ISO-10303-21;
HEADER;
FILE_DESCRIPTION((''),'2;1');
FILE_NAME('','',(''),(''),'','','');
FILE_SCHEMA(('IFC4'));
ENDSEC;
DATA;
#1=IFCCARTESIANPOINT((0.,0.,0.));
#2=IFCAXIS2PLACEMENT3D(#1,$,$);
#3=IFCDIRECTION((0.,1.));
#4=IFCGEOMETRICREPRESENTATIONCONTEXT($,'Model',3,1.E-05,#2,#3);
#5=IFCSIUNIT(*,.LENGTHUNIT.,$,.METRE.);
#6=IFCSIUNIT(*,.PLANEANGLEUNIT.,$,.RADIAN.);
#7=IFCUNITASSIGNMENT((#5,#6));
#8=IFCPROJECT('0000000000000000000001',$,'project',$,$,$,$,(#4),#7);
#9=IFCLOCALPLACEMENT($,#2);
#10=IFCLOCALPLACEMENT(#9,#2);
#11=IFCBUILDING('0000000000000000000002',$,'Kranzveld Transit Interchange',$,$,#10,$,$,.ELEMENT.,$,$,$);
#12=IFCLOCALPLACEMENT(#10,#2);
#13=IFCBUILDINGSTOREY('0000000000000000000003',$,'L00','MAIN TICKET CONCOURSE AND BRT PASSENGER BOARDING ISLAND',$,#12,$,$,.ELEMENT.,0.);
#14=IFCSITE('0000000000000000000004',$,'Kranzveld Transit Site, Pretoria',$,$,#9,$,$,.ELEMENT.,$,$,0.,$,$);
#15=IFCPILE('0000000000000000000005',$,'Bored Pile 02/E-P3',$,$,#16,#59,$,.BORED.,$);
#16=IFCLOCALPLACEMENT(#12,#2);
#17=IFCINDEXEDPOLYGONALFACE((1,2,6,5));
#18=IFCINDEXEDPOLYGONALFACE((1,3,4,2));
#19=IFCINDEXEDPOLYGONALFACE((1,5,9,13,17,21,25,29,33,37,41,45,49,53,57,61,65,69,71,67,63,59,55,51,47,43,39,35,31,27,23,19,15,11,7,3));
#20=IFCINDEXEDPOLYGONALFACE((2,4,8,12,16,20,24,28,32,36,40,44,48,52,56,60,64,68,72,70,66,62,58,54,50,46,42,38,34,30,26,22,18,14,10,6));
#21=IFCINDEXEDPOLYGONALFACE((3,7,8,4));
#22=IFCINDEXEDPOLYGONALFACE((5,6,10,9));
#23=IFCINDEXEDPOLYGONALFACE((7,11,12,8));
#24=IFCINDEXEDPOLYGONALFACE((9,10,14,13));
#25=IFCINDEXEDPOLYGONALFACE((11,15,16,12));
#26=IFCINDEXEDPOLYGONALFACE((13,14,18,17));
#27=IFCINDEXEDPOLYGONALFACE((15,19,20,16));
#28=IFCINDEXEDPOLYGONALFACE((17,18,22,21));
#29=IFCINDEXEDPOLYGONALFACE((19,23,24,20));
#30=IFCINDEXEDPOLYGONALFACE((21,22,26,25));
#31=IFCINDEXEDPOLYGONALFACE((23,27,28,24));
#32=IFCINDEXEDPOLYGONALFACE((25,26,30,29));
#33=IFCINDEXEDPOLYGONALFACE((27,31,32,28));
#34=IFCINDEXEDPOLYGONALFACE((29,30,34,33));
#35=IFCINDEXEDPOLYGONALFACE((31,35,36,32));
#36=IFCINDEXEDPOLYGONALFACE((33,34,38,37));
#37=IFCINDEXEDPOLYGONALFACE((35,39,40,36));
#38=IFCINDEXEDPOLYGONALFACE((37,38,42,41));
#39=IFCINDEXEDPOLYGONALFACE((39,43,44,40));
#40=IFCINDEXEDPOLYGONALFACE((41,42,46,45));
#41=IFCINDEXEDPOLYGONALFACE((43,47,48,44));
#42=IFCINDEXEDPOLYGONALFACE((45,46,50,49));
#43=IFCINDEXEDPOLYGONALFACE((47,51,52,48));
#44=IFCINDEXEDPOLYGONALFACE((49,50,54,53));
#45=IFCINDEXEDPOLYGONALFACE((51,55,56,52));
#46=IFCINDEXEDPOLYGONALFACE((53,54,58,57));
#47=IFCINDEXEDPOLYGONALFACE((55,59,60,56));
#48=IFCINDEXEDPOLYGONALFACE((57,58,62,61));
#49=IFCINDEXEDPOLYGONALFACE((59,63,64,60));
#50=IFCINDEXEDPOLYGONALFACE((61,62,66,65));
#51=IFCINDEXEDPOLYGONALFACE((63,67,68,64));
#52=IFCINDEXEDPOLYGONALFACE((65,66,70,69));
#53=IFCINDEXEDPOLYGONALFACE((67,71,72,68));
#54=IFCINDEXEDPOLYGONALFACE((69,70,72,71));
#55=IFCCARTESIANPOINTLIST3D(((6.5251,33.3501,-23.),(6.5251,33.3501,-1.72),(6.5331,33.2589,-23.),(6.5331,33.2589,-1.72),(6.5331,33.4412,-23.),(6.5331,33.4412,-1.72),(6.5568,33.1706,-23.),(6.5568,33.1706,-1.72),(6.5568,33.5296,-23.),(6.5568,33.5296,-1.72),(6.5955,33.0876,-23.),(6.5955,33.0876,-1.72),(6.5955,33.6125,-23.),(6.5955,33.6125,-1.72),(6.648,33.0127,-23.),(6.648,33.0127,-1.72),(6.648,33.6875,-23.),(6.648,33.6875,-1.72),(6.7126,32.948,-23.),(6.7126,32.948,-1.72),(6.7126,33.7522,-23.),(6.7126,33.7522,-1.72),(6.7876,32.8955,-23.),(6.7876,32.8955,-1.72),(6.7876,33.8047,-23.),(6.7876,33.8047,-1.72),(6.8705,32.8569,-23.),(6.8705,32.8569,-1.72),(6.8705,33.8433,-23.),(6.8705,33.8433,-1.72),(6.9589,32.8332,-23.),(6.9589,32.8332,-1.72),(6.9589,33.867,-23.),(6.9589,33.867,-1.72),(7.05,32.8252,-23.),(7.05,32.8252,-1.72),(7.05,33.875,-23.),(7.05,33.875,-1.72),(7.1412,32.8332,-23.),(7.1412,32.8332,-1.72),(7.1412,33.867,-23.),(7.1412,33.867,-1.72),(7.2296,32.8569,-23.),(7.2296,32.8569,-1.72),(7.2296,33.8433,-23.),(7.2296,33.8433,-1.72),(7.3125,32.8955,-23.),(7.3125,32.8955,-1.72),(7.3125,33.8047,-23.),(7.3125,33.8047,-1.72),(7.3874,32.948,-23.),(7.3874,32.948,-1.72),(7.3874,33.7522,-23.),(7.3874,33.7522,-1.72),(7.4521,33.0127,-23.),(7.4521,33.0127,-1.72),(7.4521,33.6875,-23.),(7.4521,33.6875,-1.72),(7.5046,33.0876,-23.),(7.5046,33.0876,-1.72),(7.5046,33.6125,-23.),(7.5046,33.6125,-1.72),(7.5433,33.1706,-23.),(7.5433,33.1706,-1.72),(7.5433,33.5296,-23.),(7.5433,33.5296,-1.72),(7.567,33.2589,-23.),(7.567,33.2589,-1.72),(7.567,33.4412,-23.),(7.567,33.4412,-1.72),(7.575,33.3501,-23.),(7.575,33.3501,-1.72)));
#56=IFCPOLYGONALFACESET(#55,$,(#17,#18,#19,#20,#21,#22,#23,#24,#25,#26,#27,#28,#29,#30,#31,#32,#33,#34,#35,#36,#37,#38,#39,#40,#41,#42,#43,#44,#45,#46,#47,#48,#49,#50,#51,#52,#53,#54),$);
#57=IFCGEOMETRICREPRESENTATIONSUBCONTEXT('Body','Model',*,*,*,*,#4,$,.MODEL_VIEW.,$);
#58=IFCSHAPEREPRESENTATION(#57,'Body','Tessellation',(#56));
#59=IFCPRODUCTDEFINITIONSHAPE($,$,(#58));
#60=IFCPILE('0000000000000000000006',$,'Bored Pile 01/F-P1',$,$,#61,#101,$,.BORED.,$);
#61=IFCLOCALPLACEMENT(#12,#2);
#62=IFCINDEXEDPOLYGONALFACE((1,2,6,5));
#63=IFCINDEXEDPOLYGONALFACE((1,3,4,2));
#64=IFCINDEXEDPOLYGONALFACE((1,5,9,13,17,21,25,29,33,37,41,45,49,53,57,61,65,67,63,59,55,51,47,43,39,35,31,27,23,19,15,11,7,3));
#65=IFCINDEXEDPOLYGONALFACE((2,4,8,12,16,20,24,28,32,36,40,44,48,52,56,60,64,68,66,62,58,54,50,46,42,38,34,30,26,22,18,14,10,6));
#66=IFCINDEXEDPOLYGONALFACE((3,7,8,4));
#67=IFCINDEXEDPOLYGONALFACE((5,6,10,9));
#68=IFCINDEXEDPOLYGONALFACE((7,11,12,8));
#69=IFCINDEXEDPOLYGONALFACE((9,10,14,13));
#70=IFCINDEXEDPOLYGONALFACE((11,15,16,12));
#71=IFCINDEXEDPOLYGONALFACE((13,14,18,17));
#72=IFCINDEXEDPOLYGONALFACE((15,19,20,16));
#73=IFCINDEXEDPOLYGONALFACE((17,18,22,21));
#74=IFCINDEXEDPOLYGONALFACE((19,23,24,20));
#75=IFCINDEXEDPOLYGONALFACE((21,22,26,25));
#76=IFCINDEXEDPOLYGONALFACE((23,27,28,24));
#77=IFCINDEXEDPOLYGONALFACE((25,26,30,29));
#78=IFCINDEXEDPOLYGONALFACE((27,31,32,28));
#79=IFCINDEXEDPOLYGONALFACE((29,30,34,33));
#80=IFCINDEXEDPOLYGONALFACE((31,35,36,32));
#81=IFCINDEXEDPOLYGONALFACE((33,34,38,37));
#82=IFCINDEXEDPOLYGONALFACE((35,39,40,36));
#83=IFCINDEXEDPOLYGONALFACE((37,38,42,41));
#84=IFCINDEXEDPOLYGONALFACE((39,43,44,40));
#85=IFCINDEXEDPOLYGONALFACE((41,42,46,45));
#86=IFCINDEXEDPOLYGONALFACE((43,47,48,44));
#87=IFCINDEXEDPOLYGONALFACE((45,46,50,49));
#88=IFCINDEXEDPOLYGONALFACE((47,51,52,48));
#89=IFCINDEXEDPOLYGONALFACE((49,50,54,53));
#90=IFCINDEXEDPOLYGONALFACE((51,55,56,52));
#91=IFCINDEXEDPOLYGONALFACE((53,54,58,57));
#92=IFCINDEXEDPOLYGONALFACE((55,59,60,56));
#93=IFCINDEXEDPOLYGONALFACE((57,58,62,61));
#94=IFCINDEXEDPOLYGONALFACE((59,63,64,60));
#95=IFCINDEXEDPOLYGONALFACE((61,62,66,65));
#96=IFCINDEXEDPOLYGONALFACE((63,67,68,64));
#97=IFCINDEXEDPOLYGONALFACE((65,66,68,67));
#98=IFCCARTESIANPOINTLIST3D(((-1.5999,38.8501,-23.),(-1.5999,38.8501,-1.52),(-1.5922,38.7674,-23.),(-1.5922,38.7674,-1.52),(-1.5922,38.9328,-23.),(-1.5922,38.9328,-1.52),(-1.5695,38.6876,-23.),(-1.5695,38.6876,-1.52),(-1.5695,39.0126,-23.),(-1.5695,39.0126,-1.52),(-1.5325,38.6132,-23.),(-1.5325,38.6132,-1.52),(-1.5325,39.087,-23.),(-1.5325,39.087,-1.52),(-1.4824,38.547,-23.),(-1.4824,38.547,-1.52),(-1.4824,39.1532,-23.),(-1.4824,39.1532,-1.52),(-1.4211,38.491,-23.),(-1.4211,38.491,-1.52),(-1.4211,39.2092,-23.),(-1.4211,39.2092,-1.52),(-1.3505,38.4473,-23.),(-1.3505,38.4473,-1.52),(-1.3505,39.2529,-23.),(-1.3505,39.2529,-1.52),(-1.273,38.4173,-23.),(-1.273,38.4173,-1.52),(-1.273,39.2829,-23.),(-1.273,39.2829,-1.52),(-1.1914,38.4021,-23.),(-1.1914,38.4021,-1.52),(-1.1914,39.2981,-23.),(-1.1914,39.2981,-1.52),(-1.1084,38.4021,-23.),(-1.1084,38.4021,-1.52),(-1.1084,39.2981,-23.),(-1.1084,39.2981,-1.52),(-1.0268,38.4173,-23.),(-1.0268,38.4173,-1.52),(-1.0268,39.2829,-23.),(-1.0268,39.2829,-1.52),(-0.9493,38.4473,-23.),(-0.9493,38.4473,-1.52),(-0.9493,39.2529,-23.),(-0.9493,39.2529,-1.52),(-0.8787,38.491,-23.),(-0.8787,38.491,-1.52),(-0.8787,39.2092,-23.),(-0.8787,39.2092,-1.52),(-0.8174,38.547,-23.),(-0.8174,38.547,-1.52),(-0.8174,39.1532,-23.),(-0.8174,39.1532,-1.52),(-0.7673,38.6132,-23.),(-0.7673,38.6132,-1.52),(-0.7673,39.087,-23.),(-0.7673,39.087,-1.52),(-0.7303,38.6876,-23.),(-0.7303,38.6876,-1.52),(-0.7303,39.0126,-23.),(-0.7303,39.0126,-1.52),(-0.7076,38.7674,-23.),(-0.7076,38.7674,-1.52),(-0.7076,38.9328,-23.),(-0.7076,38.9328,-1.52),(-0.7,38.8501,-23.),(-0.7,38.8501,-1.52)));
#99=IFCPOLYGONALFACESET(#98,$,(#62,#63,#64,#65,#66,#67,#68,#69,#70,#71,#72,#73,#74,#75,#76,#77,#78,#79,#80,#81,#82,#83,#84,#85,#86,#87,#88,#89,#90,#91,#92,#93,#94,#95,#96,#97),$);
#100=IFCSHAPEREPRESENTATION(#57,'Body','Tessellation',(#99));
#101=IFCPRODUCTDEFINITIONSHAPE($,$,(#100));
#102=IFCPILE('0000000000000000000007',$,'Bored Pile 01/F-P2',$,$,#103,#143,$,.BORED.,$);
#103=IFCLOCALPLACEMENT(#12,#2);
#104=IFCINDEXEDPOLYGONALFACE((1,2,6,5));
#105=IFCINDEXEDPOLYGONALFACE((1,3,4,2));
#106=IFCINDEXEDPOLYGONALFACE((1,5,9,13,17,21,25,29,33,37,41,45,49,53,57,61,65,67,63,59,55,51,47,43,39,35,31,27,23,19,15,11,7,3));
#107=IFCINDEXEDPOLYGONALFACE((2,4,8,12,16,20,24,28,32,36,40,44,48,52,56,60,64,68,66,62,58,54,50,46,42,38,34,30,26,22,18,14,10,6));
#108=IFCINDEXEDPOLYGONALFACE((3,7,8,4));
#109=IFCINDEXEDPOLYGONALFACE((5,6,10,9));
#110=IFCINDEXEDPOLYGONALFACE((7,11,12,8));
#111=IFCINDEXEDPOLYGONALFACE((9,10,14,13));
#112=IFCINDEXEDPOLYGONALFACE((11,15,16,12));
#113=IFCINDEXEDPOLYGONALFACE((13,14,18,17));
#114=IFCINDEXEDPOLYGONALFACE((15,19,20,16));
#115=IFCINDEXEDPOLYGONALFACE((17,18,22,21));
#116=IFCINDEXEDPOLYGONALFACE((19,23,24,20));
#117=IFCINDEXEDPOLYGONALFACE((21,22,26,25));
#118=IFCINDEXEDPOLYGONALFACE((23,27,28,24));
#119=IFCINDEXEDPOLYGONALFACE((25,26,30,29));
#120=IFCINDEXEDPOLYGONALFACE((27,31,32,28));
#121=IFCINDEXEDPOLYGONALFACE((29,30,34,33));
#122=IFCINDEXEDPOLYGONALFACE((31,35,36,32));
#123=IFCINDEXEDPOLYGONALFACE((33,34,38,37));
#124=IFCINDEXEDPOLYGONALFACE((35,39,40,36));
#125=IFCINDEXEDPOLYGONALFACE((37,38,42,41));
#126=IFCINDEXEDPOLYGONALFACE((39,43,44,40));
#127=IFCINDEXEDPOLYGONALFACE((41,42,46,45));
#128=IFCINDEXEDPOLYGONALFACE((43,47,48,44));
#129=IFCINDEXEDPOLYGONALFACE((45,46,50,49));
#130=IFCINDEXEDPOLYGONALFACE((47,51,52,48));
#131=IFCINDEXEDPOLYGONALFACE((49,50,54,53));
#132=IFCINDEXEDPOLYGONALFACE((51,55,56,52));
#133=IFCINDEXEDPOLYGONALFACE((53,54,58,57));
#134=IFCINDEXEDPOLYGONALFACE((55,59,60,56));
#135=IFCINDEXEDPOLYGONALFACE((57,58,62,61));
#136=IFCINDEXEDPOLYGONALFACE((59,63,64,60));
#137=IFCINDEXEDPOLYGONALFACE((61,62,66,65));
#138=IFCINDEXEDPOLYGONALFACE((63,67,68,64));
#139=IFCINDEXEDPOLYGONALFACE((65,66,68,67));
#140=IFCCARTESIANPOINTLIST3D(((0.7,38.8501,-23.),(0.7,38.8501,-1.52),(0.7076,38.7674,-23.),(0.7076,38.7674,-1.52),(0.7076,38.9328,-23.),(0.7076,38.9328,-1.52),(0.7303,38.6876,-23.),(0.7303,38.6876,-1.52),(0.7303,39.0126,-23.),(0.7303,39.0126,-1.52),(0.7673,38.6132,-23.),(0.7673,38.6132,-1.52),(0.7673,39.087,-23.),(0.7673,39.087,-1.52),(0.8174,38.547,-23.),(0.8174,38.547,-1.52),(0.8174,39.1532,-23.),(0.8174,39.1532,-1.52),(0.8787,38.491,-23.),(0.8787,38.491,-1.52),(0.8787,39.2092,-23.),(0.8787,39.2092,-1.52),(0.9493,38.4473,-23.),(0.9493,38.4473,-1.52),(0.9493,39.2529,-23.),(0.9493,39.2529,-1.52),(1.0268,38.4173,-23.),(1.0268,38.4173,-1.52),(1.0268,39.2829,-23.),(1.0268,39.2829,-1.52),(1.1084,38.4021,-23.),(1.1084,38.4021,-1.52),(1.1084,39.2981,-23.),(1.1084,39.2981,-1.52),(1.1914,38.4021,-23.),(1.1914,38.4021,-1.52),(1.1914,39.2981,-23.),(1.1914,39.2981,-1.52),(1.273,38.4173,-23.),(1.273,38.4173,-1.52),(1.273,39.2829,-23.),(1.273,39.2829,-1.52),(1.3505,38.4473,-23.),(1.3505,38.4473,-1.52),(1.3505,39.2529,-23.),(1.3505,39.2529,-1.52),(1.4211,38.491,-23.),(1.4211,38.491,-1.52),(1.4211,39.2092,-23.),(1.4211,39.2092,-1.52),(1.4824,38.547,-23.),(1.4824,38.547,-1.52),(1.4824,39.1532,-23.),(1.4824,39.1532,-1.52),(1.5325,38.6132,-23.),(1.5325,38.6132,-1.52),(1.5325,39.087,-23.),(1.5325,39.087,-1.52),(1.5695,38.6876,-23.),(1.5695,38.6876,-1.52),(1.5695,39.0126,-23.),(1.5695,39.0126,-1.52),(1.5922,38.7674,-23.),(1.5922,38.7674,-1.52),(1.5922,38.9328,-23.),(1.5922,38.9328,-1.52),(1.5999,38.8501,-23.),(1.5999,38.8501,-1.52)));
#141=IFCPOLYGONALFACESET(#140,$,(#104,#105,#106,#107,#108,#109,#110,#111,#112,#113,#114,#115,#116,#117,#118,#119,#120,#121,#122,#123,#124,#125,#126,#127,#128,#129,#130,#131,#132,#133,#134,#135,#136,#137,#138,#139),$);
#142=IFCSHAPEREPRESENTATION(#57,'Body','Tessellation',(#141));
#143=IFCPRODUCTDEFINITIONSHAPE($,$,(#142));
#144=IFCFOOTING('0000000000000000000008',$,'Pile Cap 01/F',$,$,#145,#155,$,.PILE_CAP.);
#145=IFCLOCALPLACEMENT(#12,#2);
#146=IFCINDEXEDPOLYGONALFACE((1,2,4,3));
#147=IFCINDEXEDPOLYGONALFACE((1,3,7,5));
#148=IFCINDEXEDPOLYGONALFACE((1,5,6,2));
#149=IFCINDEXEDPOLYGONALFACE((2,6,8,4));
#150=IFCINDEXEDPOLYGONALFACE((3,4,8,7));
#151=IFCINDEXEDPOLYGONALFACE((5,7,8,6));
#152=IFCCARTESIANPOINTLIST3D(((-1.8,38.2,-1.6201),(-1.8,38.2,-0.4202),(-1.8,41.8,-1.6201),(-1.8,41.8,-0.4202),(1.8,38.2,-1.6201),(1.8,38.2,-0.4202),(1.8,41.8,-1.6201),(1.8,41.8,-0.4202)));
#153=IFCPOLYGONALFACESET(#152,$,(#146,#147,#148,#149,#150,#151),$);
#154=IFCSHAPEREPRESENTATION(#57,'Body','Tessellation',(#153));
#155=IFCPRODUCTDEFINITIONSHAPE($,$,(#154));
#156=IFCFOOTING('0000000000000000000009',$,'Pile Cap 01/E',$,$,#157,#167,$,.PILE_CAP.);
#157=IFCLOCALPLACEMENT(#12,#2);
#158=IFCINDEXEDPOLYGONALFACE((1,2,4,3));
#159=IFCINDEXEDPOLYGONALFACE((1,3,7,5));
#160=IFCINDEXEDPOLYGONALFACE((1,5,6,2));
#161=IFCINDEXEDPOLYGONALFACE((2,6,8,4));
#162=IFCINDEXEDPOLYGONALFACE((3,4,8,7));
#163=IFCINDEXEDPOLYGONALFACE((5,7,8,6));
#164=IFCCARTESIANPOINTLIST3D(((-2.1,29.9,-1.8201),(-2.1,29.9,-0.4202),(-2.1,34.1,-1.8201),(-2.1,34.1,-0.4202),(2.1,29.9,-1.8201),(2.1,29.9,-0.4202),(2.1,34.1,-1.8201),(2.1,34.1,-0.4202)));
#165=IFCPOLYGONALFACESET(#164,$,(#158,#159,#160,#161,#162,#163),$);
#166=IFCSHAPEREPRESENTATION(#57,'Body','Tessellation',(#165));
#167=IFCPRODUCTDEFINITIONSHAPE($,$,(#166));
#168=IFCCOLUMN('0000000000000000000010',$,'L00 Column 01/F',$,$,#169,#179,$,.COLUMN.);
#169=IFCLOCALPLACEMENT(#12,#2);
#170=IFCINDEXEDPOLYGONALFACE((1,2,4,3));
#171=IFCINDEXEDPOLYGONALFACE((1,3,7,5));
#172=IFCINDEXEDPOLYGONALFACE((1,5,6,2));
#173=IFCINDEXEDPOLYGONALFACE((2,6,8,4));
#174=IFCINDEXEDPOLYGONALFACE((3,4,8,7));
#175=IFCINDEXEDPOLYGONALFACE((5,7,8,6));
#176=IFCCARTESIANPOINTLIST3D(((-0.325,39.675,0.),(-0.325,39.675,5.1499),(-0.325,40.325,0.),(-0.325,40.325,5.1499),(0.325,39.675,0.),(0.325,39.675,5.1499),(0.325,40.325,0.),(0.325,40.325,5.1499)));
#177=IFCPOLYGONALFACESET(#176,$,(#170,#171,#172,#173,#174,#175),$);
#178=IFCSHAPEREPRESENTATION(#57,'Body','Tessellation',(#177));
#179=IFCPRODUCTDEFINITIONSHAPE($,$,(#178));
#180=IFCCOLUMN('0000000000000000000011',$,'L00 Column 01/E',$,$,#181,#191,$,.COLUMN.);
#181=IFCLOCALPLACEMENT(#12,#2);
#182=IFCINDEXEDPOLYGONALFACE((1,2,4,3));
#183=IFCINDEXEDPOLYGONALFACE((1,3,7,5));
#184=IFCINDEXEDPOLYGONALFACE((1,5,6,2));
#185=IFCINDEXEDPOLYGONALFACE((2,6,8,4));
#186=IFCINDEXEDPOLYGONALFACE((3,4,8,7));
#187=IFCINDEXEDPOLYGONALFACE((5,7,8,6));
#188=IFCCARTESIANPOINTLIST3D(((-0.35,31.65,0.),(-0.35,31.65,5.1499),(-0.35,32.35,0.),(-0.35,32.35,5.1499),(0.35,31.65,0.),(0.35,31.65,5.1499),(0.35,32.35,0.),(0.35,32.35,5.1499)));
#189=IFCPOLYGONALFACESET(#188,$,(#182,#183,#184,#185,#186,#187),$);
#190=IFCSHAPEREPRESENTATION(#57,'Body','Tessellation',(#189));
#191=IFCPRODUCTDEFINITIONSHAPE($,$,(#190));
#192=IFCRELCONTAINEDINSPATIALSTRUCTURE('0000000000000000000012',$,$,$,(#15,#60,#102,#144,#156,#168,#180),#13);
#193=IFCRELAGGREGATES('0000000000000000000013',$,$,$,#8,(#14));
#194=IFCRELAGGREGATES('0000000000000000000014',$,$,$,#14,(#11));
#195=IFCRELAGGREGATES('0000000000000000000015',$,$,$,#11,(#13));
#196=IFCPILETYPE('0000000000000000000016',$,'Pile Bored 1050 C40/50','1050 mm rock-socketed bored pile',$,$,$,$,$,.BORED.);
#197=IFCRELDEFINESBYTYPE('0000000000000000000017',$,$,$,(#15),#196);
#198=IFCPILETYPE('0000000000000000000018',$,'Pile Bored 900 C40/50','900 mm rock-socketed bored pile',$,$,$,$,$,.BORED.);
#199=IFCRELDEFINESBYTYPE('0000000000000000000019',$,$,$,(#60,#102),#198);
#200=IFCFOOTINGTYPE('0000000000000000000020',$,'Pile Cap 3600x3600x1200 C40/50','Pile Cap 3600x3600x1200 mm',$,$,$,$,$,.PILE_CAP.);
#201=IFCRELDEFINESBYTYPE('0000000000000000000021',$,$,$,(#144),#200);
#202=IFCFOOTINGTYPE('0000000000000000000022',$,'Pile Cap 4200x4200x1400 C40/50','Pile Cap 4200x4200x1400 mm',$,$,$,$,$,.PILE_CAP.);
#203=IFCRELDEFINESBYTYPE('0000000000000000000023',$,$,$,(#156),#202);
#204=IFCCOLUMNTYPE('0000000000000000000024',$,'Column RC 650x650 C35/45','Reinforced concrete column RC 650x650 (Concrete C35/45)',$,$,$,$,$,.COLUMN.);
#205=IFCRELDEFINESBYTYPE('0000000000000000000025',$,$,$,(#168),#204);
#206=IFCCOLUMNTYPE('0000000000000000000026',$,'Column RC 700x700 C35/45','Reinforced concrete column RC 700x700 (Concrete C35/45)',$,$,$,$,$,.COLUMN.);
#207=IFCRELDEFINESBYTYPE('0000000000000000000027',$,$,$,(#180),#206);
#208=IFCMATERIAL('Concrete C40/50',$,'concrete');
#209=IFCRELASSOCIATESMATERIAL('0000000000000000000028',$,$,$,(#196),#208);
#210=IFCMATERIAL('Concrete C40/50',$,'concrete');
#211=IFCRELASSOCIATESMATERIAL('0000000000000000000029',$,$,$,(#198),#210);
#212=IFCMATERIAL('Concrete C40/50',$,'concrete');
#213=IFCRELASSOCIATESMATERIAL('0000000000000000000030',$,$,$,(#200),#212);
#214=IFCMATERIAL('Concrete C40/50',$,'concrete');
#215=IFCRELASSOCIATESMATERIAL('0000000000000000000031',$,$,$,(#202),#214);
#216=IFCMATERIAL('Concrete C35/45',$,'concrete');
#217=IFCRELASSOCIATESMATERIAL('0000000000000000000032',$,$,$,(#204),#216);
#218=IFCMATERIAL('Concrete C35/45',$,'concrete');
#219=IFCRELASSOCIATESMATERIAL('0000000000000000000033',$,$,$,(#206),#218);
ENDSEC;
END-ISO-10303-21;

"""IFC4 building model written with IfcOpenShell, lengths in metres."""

from ifc_helpers import new_model, si_unit, direction, frame, origin, origin_2d, place, context, subcontext, project, spatial, rectangle, circle, extrude, material, material_profile, profile_set, type_object, element, save


model = new_model("IFC4")

# Units and contexts
model_context = context("Model", 3, precision=1e-05, world=origin(), true_north=direction((0.0, 1.0)))
body_context = subcontext(model_context, "Body", "Model", "MODEL_VIEW")
ifc_project = project(units=[si_unit("LENGTHUNIT", "METRE"), si_unit("PLANEANGLEUNIT", "RADIAN")], contexts=[model_context])

# Site, building, storey
site_placement = place(None, origin())
site = spatial("IfcSite", under=ifc_project, at=site_placement, Name="Kranzveld Transit Site, Pretoria", CompositionType="ELEMENT", RefElevation=0.0)
building_placement = place(site_placement, origin())
building = spatial("IfcBuilding", under=site, at=building_placement, Name="Kranzveld Transit Interchange", CompositionType="ELEMENT")
storey_placement = place(building_placement, origin())
storey = spatial("IfcBuildingStorey", under=building, at=storey_placement, Name="L00", Description="MAIN TICKET CONCOURSE AND BRT PASSENGER BOARDING ISLAND", CompositionType="ELEMENT", Elevation=0.0)

# Piles
ifc_material_1 = material(Name="Concrete C40/50", Category="concrete")
ifc_material_profile_1 = material_profile(ifc_material_1, circle(Radius=0.5249, at=origin_2d()), Name="BORED PILE 1050")
ifc_profile_set_1 = profile_set([ifc_material_profile_1], Name="Concrete C40/50")
pile_type_1 = type_object("IfcPileType", Name="Pile Bored 1050 C40/50", Description="1050 mm rock-socketed bored pile", PredefinedType="BORED", material=ifc_profile_set_1)
for number, where, z_axis, x_axis, name in (
    (1, (7.05, 33.3501, -1.72), (0.0, 0.0, -1.0), (1.0, 0.0, 0.0), "Bored Pile 02/E-P3"),
):
    element("IfcPile", number, at=place(storey_placement, frame(where, z_axis=z_axis, x_axis=x_axis)), inside=storey, type_object=pile_type_1, Name=name, PredefinedType="BORED", context=body_context, shape_type="SweptSolid", body=[
        extrude(circle(Radius=0.5249, at=origin_2d()), origin(), (0.0, 0.0, 1.0), 21.28),
    ])
ifc_material_2 = material(Name="Concrete C40/50", Category="concrete")
ifc_material_profile_2 = material_profile(ifc_material_2, circle(Radius=0.45, at=origin_2d()), Name="BORED PILE 900")
ifc_profile_set_2 = profile_set([ifc_material_profile_2], Name="Concrete C40/50")
pile_type_2 = type_object("IfcPileType", Name="Pile Bored 900 C40/50", Description="900 mm rock-socketed bored pile", PredefinedType="BORED", material=ifc_profile_set_2)
for number, where, z_axis, x_axis, name in (
    (2, (-1.1499, 38.8501, -1.52), (0.0, 0.0, -1.0), (1.0, 0.0, 0.0), "Bored Pile 01/F-P1"),
    (3, (1.1499, 38.8501, -1.52), (0.0, 0.0, -1.0), (1.0, 0.0, 0.0), "Bored Pile 01/F-P2"),
):
    element("IfcPile", number, at=place(storey_placement, frame(where, z_axis=z_axis, x_axis=x_axis)), inside=storey, type_object=pile_type_2, Name=name, PredefinedType="BORED", context=body_context, shape_type="SweptSolid", body=[
        extrude(circle(Radius=0.45, at=origin_2d()), origin(), (0.0, 0.0, 1.0), 21.48),
    ])

# Footings
ifc_material_3 = material(Name="Concrete C40/50", Category="concrete")
footing_type_1 = type_object("IfcFootingType", Name="Pile Cap 3600x3600x1200 C40/50", Description="Pile Cap 3600x3600x1200 mm", PredefinedType="PILE_CAP", material=ifc_material_3)
footing_1_placement = place(storey_placement, frame((0.0, 40.0, -1.6201), z_axis=(0.0, 0.0, 1.0), x_axis=(1.0, 0.0, 0.0)))
element("IfcFooting", 4, at=footing_1_placement, inside=storey, type_object=footing_type_1, Name="Pile Cap 01/F", PredefinedType="PILE_CAP", context=body_context, shape_type="SweptSolid", body=[
    extrude(rectangle(XDim=3.6001, YDim=3.6001, at=origin_2d()), origin(), (0.0, 0.0, 1.0), 1.2),
])
ifc_material_4 = material(Name="Concrete C40/50", Category="concrete")
footing_type_2 = type_object("IfcFootingType", Name="Pile Cap 4200x4200x1400 C40/50", Description="Pile Cap 4200x4200x1400 mm", PredefinedType="PILE_CAP", material=ifc_material_4)
footing_2_placement = place(storey_placement, frame((0.0, 32.0, -1.8201), z_axis=(0.0, 0.0, 1.0), x_axis=(1.0, 0.0, 0.0)))
element("IfcFooting", 5, at=footing_2_placement, inside=storey, type_object=footing_type_2, Name="Pile Cap 01/E", PredefinedType="PILE_CAP", context=body_context, shape_type="SweptSolid", body=[
    extrude(rectangle(XDim=4.2, YDim=4.2, at=origin_2d()), origin(), (0.0, 0.0, 1.0), 1.3999),
])

# Columns
ifc_material_5 = material(Name="Concrete C35/45", Category="concrete")
ifc_material_profile_3 = material_profile(ifc_material_5, rectangle(XDim=0.6499, YDim=0.6499, at=origin_2d()), Name="RC 650x650")
ifc_profile_set_3 = profile_set([ifc_material_profile_3], Name="Concrete C35/45")
column_type_1 = type_object("IfcColumnType", Name="Column RC 650x650 C35/45", Description="Reinforced concrete column RC 650x650 (Concrete C35/45)", PredefinedType="COLUMN", material=ifc_profile_set_3)
column_1_placement = place(storey_placement, frame((0.0, 40.0, 0.0), z_axis=(0.0, 0.0, 1.0), x_axis=(1.0, 0.0, 0.0)))
element("IfcColumn", 6, at=column_1_placement, inside=storey, type_object=column_type_1, Name="L00 Column 01/F", PredefinedType="COLUMN", context=body_context, shape_type="SweptSolid", body=[
    extrude(rectangle(XDim=0.6499, YDim=0.6499, at=origin_2d()), origin(), (0.0, 0.0, 1.0), 5.1499),
])
ifc_material_6 = material(Name="Concrete C35/45", Category="concrete")
ifc_material_profile_4 = material_profile(ifc_material_6, rectangle(XDim=0.7, YDim=0.7, at=origin_2d()), Name="RC 700x700")
ifc_profile_set_4 = profile_set([ifc_material_profile_4], Name="Concrete C35/45")
column_type_2 = type_object("IfcColumnType", Name="Column RC 700x700 C35/45", Description="Reinforced concrete column RC 700x700 (Concrete C35/45)", PredefinedType="COLUMN", material=ifc_profile_set_4)
column_2_placement = place(storey_placement, frame((0.0, 32.0, 0.0), z_axis=(0.0, 0.0, 1.0), x_axis=(1.0, 0.0, 0.0)))
element("IfcColumn", 7, at=column_2_placement, inside=storey, type_object=column_type_2, Name="L00 Column 01/E", PredefinedType="COLUMN", context=body_context, shape_type="SweptSolid", body=[
    extrude(rectangle(XDim=0.7, YDim=0.7, at=origin_2d()), origin(), (0.0, 0.0, 1.0), 5.1499),
])

save(model, "model.ifc")
